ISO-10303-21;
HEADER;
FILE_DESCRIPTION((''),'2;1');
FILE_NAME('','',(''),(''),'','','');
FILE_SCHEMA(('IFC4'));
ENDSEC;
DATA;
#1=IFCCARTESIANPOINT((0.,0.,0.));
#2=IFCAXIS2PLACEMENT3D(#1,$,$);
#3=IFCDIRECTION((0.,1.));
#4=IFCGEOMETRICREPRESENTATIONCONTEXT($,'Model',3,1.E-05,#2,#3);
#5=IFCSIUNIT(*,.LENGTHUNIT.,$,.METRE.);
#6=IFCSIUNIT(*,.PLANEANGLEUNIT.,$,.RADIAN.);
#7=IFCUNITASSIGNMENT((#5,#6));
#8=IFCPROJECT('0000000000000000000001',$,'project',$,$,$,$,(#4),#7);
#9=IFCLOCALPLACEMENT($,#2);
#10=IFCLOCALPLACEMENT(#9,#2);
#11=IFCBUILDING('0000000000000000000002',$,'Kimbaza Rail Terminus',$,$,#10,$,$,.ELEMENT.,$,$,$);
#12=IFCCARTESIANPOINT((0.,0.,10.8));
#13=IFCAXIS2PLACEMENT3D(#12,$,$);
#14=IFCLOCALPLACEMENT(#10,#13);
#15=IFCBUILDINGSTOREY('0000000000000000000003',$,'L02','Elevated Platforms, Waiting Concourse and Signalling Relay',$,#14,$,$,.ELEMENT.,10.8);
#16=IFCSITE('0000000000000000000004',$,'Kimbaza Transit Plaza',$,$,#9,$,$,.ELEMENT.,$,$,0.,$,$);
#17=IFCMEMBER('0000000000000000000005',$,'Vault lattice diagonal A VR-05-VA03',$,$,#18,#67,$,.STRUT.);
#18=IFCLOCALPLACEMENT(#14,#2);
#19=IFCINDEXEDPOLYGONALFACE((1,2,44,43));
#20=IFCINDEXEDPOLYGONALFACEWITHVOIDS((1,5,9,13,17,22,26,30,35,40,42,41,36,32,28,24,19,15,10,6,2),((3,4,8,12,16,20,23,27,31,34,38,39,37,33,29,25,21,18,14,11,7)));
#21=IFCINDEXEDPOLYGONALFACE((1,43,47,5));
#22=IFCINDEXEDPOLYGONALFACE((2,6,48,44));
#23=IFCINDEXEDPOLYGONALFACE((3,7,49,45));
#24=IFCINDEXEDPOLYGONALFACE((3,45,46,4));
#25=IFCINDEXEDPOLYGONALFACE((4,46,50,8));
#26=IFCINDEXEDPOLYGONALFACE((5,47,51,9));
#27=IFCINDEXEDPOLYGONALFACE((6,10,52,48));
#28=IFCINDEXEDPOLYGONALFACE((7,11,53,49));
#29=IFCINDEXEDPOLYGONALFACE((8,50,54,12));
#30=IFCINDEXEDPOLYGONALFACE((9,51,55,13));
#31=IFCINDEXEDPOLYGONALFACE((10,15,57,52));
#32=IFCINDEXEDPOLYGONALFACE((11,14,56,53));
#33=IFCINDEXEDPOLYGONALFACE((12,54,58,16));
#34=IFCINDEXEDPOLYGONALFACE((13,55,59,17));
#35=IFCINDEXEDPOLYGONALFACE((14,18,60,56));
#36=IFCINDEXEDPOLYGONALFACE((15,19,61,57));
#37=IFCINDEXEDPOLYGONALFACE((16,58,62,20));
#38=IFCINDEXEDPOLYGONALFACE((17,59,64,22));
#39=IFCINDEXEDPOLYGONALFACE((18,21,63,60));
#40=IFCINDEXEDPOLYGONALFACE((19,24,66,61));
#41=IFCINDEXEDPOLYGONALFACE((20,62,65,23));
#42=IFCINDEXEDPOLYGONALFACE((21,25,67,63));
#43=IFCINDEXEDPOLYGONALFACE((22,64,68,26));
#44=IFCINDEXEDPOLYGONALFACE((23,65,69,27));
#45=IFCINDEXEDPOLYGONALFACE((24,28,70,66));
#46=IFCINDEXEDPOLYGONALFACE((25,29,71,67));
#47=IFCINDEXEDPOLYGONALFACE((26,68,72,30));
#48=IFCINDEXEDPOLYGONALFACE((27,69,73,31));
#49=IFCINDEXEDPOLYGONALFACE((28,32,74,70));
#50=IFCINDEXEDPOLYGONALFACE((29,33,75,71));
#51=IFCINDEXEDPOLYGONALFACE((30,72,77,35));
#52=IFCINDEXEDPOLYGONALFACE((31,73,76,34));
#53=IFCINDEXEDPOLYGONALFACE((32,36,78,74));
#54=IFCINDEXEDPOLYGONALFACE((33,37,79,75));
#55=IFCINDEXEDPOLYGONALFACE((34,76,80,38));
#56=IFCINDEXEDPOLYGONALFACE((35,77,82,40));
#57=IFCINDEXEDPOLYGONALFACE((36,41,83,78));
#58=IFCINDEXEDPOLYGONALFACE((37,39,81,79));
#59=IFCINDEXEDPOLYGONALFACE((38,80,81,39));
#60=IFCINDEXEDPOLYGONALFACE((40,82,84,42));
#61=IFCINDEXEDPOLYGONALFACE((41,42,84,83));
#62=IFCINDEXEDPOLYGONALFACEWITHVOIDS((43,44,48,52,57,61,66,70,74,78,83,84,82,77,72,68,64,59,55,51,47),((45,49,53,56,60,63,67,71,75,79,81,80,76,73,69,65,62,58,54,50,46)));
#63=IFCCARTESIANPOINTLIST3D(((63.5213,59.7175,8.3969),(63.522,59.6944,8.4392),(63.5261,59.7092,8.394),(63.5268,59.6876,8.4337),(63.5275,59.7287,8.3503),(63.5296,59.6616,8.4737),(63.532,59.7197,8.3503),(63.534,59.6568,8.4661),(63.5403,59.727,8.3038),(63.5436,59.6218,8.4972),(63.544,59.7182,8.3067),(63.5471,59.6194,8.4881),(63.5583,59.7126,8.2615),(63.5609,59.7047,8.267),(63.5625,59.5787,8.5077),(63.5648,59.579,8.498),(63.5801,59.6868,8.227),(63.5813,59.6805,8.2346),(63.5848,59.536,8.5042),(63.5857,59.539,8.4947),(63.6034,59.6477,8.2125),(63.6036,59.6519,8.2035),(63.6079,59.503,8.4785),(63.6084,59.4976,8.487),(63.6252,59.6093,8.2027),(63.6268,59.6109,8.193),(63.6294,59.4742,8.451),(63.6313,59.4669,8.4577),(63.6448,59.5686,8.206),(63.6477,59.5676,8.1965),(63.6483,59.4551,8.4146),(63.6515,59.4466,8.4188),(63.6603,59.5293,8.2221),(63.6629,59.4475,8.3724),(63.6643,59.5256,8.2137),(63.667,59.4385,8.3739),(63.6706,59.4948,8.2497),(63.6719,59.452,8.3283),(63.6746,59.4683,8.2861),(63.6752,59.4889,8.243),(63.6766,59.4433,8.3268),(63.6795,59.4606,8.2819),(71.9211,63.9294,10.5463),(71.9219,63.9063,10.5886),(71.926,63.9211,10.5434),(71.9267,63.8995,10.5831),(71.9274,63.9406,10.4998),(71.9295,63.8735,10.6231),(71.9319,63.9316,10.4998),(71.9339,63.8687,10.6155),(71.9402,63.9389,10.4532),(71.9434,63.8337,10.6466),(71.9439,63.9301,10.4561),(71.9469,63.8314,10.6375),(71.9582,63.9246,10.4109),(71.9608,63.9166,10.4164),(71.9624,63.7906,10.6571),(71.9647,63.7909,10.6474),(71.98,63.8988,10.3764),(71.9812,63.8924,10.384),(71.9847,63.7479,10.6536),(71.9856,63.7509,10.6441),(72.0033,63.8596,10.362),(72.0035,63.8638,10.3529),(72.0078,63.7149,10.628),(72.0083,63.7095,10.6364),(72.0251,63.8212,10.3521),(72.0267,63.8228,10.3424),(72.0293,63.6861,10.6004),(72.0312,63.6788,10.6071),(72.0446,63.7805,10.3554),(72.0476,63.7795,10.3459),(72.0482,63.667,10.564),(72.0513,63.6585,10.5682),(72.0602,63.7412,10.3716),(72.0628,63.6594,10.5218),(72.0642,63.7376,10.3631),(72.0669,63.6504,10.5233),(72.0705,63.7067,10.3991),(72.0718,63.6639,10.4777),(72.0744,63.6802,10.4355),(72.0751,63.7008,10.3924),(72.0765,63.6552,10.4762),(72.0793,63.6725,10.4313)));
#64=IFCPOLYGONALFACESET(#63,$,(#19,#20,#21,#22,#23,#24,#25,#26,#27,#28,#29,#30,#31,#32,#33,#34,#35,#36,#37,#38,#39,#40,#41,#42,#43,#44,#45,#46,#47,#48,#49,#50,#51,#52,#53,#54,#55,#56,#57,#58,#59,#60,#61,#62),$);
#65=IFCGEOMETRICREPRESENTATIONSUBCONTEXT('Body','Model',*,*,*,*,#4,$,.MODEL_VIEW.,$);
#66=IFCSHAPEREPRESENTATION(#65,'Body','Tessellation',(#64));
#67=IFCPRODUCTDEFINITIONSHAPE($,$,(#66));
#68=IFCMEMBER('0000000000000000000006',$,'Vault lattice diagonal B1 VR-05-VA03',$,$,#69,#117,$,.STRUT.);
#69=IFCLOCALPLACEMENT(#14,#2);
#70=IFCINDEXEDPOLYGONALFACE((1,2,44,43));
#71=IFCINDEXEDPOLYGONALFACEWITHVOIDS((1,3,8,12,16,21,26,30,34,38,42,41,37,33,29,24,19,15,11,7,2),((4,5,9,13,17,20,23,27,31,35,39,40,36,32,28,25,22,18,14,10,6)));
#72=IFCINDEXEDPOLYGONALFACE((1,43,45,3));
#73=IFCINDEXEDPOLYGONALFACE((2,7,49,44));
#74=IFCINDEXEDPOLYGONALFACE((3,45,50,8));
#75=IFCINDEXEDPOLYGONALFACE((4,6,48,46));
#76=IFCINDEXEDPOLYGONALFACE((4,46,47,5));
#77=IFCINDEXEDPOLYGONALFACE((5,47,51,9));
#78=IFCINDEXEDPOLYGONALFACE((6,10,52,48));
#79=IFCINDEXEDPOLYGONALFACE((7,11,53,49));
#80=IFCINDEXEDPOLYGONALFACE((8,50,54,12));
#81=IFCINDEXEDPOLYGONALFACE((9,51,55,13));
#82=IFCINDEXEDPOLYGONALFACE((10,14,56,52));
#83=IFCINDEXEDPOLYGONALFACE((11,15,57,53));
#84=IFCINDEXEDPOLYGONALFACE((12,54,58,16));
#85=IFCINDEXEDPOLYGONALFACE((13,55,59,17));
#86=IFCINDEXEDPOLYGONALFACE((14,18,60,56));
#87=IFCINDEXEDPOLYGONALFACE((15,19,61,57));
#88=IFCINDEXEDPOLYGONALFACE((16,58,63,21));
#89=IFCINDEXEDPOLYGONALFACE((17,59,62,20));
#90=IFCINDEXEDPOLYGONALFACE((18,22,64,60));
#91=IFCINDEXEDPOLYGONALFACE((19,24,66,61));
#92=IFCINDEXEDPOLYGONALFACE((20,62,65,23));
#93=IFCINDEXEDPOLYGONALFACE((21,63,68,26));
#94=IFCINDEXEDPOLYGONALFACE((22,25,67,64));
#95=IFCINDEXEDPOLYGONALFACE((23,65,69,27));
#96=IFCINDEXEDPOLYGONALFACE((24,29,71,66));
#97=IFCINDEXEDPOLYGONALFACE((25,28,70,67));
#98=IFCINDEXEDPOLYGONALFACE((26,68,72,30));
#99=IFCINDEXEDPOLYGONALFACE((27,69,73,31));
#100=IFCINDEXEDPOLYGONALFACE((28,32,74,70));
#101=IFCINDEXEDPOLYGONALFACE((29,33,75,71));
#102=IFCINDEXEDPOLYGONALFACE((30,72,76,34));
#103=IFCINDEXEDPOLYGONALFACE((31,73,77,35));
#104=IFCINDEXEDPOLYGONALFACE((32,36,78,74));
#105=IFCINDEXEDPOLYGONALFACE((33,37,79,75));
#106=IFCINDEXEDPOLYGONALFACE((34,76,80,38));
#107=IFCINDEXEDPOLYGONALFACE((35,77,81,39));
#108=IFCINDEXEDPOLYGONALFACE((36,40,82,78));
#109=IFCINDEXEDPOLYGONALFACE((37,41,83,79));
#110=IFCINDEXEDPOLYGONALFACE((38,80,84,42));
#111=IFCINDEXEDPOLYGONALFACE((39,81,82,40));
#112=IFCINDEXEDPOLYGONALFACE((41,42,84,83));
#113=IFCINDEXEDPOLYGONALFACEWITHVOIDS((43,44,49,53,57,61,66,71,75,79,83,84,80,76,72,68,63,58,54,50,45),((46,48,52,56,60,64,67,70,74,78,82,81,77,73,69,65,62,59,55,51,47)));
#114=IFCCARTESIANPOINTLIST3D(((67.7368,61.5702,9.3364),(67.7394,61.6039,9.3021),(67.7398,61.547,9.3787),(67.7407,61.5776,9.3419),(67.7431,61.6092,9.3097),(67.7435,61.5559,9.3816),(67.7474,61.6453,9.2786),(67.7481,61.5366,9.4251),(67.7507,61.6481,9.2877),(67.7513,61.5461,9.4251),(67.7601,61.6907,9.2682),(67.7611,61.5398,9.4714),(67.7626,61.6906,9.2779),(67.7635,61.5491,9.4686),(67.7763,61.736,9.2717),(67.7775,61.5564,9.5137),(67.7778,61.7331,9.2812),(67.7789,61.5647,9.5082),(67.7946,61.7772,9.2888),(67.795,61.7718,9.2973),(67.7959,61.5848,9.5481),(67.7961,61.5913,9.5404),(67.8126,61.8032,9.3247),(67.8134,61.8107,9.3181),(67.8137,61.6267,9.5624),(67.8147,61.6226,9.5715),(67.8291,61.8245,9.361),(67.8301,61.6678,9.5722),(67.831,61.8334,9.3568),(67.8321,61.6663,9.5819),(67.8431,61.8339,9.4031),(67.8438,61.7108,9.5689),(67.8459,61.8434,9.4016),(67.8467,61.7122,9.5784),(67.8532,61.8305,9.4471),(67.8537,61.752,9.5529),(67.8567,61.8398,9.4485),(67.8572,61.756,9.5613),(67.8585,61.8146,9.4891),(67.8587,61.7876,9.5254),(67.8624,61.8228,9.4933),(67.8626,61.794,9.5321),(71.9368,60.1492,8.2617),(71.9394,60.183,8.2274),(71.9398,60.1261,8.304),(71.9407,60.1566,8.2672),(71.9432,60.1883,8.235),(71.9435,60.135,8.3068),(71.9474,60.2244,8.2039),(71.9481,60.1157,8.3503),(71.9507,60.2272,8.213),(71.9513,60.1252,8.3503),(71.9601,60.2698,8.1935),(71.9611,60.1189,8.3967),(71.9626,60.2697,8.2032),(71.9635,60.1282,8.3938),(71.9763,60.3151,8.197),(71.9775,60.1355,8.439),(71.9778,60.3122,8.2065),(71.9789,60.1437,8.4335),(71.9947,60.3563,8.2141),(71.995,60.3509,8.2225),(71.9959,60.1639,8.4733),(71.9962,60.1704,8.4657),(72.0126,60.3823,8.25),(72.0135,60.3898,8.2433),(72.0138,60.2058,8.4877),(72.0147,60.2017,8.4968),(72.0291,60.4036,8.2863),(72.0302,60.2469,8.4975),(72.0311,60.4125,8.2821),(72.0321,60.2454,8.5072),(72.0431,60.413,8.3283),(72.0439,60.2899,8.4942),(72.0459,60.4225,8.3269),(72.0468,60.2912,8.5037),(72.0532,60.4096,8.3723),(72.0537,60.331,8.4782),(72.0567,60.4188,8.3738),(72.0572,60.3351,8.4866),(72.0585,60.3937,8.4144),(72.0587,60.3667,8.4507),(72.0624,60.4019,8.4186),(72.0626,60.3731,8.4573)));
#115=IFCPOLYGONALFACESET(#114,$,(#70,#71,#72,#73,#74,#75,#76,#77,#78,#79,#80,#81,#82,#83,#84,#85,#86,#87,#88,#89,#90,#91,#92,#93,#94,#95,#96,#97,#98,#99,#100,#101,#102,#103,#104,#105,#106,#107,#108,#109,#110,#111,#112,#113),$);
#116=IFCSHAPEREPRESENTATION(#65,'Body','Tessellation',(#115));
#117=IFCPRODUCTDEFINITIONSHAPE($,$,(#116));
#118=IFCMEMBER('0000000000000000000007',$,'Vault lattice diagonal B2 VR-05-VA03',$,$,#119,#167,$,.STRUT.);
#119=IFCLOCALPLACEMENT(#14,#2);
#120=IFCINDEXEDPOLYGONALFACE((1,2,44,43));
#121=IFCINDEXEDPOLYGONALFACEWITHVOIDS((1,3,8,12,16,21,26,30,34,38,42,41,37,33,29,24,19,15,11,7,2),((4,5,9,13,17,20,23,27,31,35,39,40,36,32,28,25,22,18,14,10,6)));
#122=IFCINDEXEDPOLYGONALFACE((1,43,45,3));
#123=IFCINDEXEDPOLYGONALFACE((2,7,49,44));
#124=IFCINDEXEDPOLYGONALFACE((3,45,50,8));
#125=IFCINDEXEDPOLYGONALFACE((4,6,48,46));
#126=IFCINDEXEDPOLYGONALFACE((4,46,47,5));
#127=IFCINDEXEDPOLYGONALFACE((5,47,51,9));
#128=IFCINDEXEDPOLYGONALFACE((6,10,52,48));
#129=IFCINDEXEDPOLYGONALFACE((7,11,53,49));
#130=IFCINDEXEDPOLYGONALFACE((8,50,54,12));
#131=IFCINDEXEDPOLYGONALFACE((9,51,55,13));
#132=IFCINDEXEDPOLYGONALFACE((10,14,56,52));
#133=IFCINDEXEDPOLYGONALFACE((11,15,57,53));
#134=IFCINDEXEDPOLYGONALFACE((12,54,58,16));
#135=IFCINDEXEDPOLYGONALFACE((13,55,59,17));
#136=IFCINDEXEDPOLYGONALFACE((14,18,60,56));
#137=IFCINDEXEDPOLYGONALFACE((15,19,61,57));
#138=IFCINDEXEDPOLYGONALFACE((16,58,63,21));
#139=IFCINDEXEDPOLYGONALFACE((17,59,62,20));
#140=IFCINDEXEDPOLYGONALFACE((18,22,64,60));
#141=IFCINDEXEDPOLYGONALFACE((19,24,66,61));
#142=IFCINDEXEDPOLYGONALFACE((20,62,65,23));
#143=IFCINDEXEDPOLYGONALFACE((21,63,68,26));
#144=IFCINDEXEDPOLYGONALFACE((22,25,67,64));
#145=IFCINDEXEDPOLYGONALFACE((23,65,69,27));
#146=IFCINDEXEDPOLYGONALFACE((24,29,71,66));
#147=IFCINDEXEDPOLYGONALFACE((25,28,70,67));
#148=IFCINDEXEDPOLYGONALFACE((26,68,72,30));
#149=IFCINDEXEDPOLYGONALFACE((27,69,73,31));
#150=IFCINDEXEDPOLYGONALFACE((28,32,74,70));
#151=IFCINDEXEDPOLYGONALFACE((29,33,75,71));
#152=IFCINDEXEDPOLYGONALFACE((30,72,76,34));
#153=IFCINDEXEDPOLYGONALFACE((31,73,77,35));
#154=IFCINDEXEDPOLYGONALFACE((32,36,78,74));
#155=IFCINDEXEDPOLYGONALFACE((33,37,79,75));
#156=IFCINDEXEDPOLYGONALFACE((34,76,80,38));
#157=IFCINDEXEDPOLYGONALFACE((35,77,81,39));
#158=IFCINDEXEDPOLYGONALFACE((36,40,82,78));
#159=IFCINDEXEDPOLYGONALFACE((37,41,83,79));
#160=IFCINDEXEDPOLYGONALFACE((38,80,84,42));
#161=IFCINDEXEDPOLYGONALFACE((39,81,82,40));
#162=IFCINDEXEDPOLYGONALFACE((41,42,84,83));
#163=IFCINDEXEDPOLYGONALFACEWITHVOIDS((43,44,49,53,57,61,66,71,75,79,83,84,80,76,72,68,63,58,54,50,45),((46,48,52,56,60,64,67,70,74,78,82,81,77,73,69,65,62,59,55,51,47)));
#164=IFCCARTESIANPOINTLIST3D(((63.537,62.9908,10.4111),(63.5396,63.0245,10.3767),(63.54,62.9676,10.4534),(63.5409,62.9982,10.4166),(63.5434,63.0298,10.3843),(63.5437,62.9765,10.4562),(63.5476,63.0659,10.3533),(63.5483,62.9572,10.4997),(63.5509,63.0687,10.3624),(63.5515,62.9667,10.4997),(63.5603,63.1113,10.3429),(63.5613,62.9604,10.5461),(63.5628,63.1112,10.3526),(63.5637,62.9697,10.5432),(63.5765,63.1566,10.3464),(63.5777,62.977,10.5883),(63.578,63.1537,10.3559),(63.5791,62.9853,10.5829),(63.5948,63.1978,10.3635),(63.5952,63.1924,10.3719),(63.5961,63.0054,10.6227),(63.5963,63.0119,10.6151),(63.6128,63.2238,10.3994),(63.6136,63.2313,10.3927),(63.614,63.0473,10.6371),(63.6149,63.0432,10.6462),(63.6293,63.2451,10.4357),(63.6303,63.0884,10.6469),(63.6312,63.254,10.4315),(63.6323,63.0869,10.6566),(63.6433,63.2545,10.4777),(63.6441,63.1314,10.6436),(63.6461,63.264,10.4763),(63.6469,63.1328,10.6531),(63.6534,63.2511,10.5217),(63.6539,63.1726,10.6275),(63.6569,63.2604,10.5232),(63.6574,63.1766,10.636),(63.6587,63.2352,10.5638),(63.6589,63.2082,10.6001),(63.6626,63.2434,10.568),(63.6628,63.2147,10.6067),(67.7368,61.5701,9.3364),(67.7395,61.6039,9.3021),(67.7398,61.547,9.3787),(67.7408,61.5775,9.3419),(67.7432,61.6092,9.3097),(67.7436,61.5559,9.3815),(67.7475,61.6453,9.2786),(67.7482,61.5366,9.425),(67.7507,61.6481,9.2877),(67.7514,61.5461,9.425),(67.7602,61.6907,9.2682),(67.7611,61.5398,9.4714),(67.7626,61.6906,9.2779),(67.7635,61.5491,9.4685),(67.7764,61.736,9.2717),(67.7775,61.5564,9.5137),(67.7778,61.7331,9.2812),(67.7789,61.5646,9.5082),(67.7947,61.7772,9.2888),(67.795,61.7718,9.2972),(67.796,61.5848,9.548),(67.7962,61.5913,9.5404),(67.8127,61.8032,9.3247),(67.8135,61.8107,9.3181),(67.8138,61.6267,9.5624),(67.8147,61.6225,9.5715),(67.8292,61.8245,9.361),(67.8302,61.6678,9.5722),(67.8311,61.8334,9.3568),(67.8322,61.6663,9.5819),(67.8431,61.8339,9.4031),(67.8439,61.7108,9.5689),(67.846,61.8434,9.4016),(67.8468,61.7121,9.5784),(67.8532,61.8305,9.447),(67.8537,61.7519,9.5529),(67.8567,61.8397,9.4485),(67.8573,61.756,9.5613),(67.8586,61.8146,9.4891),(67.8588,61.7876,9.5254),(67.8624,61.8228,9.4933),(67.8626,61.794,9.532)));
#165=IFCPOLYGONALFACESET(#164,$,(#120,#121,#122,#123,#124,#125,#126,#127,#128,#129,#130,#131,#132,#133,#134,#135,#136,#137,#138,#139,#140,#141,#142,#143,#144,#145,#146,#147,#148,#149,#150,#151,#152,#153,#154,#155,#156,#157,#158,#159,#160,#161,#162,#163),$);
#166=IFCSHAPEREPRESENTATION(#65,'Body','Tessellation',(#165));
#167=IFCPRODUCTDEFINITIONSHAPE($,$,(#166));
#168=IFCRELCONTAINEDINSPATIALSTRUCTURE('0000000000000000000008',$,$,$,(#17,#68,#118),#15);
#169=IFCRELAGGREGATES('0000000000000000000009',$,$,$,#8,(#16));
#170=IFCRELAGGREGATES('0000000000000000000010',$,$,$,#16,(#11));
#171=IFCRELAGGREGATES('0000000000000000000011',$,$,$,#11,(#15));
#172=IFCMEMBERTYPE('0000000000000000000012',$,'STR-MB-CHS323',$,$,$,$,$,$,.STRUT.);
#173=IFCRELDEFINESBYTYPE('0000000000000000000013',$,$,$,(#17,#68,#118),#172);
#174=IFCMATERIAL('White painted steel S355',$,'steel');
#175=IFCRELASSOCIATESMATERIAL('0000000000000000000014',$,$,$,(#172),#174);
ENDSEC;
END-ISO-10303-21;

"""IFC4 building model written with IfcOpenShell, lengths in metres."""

from ifc_helpers import new_model, si_unit, direction, frame, origin, origin_2d, place, context, subcontext, project, spatial, hollow_circle, extrude, material, material_profile, profile_set, type_object, element, save


model = new_model("IFC4")

# Units and contexts
model_context = context("Model", 3, precision=1e-05, world=origin(), true_north=direction((0.0, 1.0)))
body_context = subcontext(model_context, "Body", "Model", "MODEL_VIEW")
ifc_project = project(units=[si_unit("LENGTHUNIT", "METRE"), si_unit("PLANEANGLEUNIT", "RADIAN")], contexts=[model_context])

# Site, building, storey
site_placement = place(None, origin())
site = spatial("IfcSite", under=ifc_project, at=site_placement, Name="Kimbaza Transit Plaza", CompositionType="ELEMENT", RefElevation=0.0)
building_placement = place(site_placement, origin())
building = spatial("IfcBuilding", under=site, at=building_placement, Name="Kimbaza Rail Terminus", CompositionType="ELEMENT")
storey_placement = place(building_placement, frame((0.0, 0.0, 10.8)))
storey = spatial("IfcBuildingStorey", under=building, at=storey_placement, Name="L02", Description="Elevated Platforms, Waiting Concourse and Signalling Relay", CompositionType="ELEMENT", Elevation=10.8)

# Members
ifc_material_1 = material(Name="White painted steel S355", Category="steel")
ifc_material_profile_1 = material_profile(ifc_material_1, hollow_circle(Radius=0.1619, WallThickness=0.01, at=origin_2d()), Name="CHS 323.9x10")
ifc_profile_set_1 = profile_set([ifc_material_profile_1], Name="White painted steel S355")
member_type_1 = type_object("IfcMemberType", Name="STR-MB-CHS323", PredefinedType="STRUT", material=ifc_profile_set_1)
member_1_placement = place(storey_placement, frame((63.6001, 59.584, 8.3503), z_axis=(0.871411, 0.436947, 0.222982), x_axis=(-0.448232, 0.893917, 0.0)))
element("IfcMember", 1, at=member_1_placement, inside=storey, type_object=member_type_1, Name="Vault lattice diagonal A VR-05-VA03", PredefinedType="STRUT", context=body_context, shape_type="SweptSolid", body=[
    extrude(hollow_circle(Radius=0.1619, WallThickness=0.01, at=origin_2d()), origin(), (0.0, 0.0, 1.0), 9.6394),
])
member_2_placement = place(storey_placement, frame((72.0, 60.269, 8.3503), z_axis=(-0.920601, 0.311451, 0.235568), x_axis=(-0.32047, -0.947259, 0.0)))
element("IfcMember", 2, at=member_2_placement, inside=storey, type_object=member_type_1, Name="Vault lattice diagonal B1 VR-05-VA03", PredefinedType="STRUT", context=body_context, shape_type="SweptSolid", body=[
    extrude(hollow_circle(Radius=0.1619, WallThickness=0.01, at=origin_2d()), origin(), (0.0, 0.0, 1.0), 4.5623),
])
member_3_placement = place(storey_placement, frame((67.8, 61.6899, 9.425), z_axis=(-0.920616, 0.311403, 0.235572), x_axis=(-0.320421, -0.947275, 0.0)))
element("IfcMember", 3, at=member_3_placement, inside=storey, type_object=member_type_1, Name="Vault lattice diagonal B2 VR-05-VA03", PredefinedType="STRUT", context=body_context, shape_type="SweptSolid", body=[
    extrude(hollow_circle(Radius=0.1619, WallThickness=0.01, at=origin_2d()), origin(), (0.0, 0.0, 1.0), 4.562),
])

save(model, "model.ifc")
